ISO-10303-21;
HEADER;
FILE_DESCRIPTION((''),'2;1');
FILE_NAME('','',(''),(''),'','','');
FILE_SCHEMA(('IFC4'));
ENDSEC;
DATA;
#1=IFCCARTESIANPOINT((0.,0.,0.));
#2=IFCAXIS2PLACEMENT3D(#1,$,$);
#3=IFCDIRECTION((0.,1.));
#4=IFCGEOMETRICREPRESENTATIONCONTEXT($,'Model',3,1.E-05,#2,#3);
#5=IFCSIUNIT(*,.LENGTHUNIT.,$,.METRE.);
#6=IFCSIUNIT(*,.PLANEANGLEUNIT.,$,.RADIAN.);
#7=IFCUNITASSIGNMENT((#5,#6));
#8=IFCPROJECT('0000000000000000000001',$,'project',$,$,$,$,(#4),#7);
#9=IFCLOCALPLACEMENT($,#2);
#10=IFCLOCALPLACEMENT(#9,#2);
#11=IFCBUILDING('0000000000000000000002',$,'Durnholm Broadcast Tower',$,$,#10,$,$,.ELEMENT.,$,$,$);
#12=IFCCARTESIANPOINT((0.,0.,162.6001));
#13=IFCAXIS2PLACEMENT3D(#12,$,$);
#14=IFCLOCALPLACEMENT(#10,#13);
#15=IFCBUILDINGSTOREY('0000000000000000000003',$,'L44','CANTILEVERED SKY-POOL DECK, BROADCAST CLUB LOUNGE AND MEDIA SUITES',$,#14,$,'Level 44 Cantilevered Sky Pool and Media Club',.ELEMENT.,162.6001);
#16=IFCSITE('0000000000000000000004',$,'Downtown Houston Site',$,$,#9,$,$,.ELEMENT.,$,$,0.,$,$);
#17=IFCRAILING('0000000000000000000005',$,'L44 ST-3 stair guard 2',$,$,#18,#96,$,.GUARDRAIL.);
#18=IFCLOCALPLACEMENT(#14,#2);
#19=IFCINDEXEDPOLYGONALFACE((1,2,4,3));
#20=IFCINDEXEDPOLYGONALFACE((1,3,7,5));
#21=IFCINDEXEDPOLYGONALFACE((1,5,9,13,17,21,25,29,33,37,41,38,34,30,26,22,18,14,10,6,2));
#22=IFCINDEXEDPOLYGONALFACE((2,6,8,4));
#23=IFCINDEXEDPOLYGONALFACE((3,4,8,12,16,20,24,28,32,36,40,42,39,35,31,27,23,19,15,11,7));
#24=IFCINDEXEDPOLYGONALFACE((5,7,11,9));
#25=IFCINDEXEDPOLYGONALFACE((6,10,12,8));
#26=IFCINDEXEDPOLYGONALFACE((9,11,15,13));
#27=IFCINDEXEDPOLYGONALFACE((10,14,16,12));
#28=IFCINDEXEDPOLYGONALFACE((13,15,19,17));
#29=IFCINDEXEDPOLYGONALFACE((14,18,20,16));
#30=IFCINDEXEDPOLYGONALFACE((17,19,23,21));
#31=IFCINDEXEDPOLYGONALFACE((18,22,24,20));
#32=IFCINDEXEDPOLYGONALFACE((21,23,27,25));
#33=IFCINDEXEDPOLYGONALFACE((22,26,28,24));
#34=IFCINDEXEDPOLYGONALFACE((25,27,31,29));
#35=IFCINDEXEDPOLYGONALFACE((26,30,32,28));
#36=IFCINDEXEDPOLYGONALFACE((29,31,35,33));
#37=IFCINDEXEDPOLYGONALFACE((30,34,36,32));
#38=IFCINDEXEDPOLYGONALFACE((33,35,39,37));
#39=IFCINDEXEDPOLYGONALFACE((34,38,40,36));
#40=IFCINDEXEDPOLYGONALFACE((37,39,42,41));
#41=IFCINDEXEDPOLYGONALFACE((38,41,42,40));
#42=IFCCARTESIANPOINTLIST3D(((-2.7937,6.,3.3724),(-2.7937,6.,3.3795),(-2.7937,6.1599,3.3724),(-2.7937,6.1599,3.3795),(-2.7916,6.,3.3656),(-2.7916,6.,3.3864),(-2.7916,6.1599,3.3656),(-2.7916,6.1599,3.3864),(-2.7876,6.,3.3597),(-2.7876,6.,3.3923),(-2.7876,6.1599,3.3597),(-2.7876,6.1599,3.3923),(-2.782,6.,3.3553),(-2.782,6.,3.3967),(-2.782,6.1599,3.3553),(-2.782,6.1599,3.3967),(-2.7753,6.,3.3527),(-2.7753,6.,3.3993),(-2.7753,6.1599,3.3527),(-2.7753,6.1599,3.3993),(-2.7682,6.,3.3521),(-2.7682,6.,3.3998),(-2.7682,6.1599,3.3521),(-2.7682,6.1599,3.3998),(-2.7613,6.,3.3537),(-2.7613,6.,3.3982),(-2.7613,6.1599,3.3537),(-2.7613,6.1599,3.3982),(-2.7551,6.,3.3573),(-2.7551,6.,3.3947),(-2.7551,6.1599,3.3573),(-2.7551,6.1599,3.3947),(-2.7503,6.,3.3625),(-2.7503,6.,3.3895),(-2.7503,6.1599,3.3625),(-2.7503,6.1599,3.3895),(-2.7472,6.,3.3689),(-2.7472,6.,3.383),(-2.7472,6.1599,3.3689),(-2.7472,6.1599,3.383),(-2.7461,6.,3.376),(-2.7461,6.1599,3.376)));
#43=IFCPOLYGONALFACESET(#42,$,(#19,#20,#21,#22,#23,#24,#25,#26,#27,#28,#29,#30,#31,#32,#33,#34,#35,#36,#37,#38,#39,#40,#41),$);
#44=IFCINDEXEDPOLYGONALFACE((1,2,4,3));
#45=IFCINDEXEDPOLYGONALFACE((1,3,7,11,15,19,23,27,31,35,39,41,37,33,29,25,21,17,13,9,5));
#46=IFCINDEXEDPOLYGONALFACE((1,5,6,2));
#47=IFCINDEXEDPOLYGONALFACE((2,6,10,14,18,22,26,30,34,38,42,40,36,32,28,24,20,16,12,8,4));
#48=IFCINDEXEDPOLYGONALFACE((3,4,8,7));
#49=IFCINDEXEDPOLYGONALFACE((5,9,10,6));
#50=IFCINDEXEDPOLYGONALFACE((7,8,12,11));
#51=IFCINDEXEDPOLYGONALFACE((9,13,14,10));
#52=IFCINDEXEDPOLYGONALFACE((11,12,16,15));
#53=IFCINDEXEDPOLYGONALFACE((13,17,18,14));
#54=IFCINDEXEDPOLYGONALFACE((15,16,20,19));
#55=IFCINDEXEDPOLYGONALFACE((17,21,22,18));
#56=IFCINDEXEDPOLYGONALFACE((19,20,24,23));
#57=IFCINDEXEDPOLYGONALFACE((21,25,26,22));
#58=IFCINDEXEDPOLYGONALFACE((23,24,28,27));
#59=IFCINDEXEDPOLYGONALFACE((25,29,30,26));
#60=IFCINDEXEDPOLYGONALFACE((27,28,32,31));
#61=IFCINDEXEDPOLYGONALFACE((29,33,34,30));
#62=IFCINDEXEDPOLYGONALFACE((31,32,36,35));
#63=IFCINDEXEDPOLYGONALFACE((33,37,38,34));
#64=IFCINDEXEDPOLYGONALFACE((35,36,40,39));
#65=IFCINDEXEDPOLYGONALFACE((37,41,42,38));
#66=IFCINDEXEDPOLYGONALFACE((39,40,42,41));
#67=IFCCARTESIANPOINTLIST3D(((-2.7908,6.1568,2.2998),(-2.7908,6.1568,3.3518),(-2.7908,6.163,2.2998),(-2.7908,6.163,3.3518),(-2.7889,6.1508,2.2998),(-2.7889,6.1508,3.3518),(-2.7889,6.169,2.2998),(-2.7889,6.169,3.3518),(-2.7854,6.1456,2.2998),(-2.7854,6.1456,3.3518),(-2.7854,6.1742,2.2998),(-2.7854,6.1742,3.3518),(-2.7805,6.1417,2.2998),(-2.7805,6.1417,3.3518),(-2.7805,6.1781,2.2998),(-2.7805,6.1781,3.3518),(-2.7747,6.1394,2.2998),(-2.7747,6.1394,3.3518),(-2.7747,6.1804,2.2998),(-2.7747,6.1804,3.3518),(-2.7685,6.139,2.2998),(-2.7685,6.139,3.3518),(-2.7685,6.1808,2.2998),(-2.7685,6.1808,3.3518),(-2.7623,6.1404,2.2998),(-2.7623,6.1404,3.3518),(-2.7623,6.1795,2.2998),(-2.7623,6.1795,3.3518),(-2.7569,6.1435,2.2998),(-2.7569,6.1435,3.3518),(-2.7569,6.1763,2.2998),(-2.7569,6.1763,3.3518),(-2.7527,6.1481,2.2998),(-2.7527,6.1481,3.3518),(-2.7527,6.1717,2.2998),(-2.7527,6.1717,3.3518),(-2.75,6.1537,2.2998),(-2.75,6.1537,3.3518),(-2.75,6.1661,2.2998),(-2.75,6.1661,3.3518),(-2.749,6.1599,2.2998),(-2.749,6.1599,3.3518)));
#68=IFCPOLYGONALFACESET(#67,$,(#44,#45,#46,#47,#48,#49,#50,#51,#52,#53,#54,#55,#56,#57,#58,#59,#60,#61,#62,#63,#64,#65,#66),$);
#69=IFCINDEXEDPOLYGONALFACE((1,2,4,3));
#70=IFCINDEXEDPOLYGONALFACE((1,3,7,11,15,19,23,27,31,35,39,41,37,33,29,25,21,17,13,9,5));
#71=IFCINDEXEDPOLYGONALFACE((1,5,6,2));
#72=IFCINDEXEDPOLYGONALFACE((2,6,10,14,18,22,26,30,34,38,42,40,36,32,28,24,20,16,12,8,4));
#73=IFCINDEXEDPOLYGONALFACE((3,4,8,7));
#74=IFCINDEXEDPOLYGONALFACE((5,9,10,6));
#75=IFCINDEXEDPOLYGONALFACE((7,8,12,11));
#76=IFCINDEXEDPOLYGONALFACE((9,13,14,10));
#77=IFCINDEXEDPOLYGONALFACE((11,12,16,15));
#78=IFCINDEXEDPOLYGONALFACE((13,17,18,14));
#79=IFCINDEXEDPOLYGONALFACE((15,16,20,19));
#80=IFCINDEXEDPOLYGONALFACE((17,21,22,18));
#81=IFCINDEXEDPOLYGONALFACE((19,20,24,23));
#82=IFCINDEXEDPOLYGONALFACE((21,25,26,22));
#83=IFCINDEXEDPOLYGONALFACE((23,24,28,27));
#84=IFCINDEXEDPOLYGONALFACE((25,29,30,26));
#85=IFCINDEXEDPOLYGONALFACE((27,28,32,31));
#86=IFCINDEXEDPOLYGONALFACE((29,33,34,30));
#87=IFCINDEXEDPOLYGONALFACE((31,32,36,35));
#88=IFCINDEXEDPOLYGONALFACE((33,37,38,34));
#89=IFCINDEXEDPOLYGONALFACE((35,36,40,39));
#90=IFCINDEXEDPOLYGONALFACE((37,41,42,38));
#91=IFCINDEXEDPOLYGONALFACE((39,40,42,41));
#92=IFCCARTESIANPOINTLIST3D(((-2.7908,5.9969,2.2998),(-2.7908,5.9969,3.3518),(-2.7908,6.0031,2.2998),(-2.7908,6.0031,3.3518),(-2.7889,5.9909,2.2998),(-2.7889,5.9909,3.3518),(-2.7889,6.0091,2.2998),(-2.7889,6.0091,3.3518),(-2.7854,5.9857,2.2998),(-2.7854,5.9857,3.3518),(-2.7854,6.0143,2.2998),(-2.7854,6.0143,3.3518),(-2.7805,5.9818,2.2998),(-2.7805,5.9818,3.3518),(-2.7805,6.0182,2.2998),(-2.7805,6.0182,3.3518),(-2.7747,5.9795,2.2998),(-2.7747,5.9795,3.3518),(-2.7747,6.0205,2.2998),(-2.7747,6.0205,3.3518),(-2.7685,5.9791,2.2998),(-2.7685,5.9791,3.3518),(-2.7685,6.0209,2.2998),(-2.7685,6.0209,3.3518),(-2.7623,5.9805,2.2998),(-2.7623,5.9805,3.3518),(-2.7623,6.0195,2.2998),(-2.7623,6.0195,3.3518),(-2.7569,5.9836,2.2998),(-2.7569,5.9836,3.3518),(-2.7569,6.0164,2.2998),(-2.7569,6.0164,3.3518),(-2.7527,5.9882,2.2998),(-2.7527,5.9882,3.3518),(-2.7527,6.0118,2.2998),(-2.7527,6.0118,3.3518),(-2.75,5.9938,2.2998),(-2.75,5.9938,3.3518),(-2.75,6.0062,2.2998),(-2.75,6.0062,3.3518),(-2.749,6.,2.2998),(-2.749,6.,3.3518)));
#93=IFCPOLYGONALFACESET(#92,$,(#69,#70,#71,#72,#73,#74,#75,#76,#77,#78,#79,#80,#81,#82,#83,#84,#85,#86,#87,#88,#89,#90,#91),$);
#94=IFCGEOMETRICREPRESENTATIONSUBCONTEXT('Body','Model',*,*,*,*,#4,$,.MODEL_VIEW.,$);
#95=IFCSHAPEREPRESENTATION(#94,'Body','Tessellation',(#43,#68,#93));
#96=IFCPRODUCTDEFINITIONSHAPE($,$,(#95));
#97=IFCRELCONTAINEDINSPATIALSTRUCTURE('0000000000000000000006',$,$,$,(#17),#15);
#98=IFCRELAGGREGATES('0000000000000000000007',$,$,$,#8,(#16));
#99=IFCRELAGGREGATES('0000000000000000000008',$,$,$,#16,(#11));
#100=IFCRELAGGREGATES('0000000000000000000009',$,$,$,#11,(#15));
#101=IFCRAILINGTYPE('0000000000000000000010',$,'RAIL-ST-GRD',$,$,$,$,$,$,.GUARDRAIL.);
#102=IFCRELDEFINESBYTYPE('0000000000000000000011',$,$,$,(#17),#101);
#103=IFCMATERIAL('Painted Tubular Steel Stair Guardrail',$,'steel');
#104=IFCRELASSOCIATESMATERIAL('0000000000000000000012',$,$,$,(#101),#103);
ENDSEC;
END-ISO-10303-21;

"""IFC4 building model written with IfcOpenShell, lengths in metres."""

from ifc_helpers import new_model, si_unit, direction, frame, origin, origin_2d, place, context, subcontext, project, spatial, circle, extrude, material, type_object, element, save


model = new_model("IFC4")

# Units and contexts
model_context = context("Model", 3, precision=1e-05, world=origin(), true_north=direction((0.0, 1.0)))
body_context = subcontext(model_context, "Body", "Model", "MODEL_VIEW")
ifc_project = project(units=[si_unit("LENGTHUNIT", "METRE"), si_unit("PLANEANGLEUNIT", "RADIAN")], contexts=[model_context])

# Site, building, storey
site_placement = place(None, origin())
site = spatial("IfcSite", under=ifc_project, at=site_placement, Name="Downtown Houston Site", CompositionType="ELEMENT", RefElevation=0.0)
building_placement = place(site_placement, origin())
building = spatial("IfcBuilding", under=site, at=building_placement, Name="Durnholm Broadcast Tower", CompositionType="ELEMENT")
storey_placement = place(building_placement, frame((0.0, 0.0, 162.6001)))
storey = spatial("IfcBuildingStorey", under=building, at=storey_placement, Name="L44", Description="CANTILEVERED SKY-POOL DECK, BROADCAST CLUB LOUNGE AND MEDIA SUITES", LongName="Level 44 Cantilevered Sky Pool and Media Club", CompositionType="ELEMENT", Elevation=162.6001)

# Railing
ifc_material_1 = material(Name="Painted Tubular Steel Stair Guardrail", Category="steel")
railing_type_1 = type_object("IfcRailingType", Name="RAIL-ST-GRD", PredefinedType="GUARDRAIL", material=ifc_material_1)
railing_1_placement = place(storey_placement, frame((-2.77, 6.1599, 2.2998)))
element("IfcRailing", 1, at=railing_1_placement, inside=storey, type_object=railing_type_1, Name="L44 ST-3 stair guard 2", PredefinedType="GUARDRAIL", context=body_context, shape_type="SweptSolid", body=[
    extrude(circle(Radius=0.0239, at=origin_2d()), frame((0.0, 0.0, 1.0762), z_axis=(0.0, -1.0, 0.0), x_axis=(1.0, 0.0, 0.0)), (0.0, 0.0, 1.0), 0.1599),
    extrude(circle(Radius=0.021, at=origin_2d()), origin(), (0.0, 0.0, 1.0), 1.052),
    extrude(circle(Radius=0.021, at=origin_2d()), frame((0.0, -0.1599, 0.0)), (0.0, 0.0, 1.0), 1.052),
])

save(model, "model.ifc")
